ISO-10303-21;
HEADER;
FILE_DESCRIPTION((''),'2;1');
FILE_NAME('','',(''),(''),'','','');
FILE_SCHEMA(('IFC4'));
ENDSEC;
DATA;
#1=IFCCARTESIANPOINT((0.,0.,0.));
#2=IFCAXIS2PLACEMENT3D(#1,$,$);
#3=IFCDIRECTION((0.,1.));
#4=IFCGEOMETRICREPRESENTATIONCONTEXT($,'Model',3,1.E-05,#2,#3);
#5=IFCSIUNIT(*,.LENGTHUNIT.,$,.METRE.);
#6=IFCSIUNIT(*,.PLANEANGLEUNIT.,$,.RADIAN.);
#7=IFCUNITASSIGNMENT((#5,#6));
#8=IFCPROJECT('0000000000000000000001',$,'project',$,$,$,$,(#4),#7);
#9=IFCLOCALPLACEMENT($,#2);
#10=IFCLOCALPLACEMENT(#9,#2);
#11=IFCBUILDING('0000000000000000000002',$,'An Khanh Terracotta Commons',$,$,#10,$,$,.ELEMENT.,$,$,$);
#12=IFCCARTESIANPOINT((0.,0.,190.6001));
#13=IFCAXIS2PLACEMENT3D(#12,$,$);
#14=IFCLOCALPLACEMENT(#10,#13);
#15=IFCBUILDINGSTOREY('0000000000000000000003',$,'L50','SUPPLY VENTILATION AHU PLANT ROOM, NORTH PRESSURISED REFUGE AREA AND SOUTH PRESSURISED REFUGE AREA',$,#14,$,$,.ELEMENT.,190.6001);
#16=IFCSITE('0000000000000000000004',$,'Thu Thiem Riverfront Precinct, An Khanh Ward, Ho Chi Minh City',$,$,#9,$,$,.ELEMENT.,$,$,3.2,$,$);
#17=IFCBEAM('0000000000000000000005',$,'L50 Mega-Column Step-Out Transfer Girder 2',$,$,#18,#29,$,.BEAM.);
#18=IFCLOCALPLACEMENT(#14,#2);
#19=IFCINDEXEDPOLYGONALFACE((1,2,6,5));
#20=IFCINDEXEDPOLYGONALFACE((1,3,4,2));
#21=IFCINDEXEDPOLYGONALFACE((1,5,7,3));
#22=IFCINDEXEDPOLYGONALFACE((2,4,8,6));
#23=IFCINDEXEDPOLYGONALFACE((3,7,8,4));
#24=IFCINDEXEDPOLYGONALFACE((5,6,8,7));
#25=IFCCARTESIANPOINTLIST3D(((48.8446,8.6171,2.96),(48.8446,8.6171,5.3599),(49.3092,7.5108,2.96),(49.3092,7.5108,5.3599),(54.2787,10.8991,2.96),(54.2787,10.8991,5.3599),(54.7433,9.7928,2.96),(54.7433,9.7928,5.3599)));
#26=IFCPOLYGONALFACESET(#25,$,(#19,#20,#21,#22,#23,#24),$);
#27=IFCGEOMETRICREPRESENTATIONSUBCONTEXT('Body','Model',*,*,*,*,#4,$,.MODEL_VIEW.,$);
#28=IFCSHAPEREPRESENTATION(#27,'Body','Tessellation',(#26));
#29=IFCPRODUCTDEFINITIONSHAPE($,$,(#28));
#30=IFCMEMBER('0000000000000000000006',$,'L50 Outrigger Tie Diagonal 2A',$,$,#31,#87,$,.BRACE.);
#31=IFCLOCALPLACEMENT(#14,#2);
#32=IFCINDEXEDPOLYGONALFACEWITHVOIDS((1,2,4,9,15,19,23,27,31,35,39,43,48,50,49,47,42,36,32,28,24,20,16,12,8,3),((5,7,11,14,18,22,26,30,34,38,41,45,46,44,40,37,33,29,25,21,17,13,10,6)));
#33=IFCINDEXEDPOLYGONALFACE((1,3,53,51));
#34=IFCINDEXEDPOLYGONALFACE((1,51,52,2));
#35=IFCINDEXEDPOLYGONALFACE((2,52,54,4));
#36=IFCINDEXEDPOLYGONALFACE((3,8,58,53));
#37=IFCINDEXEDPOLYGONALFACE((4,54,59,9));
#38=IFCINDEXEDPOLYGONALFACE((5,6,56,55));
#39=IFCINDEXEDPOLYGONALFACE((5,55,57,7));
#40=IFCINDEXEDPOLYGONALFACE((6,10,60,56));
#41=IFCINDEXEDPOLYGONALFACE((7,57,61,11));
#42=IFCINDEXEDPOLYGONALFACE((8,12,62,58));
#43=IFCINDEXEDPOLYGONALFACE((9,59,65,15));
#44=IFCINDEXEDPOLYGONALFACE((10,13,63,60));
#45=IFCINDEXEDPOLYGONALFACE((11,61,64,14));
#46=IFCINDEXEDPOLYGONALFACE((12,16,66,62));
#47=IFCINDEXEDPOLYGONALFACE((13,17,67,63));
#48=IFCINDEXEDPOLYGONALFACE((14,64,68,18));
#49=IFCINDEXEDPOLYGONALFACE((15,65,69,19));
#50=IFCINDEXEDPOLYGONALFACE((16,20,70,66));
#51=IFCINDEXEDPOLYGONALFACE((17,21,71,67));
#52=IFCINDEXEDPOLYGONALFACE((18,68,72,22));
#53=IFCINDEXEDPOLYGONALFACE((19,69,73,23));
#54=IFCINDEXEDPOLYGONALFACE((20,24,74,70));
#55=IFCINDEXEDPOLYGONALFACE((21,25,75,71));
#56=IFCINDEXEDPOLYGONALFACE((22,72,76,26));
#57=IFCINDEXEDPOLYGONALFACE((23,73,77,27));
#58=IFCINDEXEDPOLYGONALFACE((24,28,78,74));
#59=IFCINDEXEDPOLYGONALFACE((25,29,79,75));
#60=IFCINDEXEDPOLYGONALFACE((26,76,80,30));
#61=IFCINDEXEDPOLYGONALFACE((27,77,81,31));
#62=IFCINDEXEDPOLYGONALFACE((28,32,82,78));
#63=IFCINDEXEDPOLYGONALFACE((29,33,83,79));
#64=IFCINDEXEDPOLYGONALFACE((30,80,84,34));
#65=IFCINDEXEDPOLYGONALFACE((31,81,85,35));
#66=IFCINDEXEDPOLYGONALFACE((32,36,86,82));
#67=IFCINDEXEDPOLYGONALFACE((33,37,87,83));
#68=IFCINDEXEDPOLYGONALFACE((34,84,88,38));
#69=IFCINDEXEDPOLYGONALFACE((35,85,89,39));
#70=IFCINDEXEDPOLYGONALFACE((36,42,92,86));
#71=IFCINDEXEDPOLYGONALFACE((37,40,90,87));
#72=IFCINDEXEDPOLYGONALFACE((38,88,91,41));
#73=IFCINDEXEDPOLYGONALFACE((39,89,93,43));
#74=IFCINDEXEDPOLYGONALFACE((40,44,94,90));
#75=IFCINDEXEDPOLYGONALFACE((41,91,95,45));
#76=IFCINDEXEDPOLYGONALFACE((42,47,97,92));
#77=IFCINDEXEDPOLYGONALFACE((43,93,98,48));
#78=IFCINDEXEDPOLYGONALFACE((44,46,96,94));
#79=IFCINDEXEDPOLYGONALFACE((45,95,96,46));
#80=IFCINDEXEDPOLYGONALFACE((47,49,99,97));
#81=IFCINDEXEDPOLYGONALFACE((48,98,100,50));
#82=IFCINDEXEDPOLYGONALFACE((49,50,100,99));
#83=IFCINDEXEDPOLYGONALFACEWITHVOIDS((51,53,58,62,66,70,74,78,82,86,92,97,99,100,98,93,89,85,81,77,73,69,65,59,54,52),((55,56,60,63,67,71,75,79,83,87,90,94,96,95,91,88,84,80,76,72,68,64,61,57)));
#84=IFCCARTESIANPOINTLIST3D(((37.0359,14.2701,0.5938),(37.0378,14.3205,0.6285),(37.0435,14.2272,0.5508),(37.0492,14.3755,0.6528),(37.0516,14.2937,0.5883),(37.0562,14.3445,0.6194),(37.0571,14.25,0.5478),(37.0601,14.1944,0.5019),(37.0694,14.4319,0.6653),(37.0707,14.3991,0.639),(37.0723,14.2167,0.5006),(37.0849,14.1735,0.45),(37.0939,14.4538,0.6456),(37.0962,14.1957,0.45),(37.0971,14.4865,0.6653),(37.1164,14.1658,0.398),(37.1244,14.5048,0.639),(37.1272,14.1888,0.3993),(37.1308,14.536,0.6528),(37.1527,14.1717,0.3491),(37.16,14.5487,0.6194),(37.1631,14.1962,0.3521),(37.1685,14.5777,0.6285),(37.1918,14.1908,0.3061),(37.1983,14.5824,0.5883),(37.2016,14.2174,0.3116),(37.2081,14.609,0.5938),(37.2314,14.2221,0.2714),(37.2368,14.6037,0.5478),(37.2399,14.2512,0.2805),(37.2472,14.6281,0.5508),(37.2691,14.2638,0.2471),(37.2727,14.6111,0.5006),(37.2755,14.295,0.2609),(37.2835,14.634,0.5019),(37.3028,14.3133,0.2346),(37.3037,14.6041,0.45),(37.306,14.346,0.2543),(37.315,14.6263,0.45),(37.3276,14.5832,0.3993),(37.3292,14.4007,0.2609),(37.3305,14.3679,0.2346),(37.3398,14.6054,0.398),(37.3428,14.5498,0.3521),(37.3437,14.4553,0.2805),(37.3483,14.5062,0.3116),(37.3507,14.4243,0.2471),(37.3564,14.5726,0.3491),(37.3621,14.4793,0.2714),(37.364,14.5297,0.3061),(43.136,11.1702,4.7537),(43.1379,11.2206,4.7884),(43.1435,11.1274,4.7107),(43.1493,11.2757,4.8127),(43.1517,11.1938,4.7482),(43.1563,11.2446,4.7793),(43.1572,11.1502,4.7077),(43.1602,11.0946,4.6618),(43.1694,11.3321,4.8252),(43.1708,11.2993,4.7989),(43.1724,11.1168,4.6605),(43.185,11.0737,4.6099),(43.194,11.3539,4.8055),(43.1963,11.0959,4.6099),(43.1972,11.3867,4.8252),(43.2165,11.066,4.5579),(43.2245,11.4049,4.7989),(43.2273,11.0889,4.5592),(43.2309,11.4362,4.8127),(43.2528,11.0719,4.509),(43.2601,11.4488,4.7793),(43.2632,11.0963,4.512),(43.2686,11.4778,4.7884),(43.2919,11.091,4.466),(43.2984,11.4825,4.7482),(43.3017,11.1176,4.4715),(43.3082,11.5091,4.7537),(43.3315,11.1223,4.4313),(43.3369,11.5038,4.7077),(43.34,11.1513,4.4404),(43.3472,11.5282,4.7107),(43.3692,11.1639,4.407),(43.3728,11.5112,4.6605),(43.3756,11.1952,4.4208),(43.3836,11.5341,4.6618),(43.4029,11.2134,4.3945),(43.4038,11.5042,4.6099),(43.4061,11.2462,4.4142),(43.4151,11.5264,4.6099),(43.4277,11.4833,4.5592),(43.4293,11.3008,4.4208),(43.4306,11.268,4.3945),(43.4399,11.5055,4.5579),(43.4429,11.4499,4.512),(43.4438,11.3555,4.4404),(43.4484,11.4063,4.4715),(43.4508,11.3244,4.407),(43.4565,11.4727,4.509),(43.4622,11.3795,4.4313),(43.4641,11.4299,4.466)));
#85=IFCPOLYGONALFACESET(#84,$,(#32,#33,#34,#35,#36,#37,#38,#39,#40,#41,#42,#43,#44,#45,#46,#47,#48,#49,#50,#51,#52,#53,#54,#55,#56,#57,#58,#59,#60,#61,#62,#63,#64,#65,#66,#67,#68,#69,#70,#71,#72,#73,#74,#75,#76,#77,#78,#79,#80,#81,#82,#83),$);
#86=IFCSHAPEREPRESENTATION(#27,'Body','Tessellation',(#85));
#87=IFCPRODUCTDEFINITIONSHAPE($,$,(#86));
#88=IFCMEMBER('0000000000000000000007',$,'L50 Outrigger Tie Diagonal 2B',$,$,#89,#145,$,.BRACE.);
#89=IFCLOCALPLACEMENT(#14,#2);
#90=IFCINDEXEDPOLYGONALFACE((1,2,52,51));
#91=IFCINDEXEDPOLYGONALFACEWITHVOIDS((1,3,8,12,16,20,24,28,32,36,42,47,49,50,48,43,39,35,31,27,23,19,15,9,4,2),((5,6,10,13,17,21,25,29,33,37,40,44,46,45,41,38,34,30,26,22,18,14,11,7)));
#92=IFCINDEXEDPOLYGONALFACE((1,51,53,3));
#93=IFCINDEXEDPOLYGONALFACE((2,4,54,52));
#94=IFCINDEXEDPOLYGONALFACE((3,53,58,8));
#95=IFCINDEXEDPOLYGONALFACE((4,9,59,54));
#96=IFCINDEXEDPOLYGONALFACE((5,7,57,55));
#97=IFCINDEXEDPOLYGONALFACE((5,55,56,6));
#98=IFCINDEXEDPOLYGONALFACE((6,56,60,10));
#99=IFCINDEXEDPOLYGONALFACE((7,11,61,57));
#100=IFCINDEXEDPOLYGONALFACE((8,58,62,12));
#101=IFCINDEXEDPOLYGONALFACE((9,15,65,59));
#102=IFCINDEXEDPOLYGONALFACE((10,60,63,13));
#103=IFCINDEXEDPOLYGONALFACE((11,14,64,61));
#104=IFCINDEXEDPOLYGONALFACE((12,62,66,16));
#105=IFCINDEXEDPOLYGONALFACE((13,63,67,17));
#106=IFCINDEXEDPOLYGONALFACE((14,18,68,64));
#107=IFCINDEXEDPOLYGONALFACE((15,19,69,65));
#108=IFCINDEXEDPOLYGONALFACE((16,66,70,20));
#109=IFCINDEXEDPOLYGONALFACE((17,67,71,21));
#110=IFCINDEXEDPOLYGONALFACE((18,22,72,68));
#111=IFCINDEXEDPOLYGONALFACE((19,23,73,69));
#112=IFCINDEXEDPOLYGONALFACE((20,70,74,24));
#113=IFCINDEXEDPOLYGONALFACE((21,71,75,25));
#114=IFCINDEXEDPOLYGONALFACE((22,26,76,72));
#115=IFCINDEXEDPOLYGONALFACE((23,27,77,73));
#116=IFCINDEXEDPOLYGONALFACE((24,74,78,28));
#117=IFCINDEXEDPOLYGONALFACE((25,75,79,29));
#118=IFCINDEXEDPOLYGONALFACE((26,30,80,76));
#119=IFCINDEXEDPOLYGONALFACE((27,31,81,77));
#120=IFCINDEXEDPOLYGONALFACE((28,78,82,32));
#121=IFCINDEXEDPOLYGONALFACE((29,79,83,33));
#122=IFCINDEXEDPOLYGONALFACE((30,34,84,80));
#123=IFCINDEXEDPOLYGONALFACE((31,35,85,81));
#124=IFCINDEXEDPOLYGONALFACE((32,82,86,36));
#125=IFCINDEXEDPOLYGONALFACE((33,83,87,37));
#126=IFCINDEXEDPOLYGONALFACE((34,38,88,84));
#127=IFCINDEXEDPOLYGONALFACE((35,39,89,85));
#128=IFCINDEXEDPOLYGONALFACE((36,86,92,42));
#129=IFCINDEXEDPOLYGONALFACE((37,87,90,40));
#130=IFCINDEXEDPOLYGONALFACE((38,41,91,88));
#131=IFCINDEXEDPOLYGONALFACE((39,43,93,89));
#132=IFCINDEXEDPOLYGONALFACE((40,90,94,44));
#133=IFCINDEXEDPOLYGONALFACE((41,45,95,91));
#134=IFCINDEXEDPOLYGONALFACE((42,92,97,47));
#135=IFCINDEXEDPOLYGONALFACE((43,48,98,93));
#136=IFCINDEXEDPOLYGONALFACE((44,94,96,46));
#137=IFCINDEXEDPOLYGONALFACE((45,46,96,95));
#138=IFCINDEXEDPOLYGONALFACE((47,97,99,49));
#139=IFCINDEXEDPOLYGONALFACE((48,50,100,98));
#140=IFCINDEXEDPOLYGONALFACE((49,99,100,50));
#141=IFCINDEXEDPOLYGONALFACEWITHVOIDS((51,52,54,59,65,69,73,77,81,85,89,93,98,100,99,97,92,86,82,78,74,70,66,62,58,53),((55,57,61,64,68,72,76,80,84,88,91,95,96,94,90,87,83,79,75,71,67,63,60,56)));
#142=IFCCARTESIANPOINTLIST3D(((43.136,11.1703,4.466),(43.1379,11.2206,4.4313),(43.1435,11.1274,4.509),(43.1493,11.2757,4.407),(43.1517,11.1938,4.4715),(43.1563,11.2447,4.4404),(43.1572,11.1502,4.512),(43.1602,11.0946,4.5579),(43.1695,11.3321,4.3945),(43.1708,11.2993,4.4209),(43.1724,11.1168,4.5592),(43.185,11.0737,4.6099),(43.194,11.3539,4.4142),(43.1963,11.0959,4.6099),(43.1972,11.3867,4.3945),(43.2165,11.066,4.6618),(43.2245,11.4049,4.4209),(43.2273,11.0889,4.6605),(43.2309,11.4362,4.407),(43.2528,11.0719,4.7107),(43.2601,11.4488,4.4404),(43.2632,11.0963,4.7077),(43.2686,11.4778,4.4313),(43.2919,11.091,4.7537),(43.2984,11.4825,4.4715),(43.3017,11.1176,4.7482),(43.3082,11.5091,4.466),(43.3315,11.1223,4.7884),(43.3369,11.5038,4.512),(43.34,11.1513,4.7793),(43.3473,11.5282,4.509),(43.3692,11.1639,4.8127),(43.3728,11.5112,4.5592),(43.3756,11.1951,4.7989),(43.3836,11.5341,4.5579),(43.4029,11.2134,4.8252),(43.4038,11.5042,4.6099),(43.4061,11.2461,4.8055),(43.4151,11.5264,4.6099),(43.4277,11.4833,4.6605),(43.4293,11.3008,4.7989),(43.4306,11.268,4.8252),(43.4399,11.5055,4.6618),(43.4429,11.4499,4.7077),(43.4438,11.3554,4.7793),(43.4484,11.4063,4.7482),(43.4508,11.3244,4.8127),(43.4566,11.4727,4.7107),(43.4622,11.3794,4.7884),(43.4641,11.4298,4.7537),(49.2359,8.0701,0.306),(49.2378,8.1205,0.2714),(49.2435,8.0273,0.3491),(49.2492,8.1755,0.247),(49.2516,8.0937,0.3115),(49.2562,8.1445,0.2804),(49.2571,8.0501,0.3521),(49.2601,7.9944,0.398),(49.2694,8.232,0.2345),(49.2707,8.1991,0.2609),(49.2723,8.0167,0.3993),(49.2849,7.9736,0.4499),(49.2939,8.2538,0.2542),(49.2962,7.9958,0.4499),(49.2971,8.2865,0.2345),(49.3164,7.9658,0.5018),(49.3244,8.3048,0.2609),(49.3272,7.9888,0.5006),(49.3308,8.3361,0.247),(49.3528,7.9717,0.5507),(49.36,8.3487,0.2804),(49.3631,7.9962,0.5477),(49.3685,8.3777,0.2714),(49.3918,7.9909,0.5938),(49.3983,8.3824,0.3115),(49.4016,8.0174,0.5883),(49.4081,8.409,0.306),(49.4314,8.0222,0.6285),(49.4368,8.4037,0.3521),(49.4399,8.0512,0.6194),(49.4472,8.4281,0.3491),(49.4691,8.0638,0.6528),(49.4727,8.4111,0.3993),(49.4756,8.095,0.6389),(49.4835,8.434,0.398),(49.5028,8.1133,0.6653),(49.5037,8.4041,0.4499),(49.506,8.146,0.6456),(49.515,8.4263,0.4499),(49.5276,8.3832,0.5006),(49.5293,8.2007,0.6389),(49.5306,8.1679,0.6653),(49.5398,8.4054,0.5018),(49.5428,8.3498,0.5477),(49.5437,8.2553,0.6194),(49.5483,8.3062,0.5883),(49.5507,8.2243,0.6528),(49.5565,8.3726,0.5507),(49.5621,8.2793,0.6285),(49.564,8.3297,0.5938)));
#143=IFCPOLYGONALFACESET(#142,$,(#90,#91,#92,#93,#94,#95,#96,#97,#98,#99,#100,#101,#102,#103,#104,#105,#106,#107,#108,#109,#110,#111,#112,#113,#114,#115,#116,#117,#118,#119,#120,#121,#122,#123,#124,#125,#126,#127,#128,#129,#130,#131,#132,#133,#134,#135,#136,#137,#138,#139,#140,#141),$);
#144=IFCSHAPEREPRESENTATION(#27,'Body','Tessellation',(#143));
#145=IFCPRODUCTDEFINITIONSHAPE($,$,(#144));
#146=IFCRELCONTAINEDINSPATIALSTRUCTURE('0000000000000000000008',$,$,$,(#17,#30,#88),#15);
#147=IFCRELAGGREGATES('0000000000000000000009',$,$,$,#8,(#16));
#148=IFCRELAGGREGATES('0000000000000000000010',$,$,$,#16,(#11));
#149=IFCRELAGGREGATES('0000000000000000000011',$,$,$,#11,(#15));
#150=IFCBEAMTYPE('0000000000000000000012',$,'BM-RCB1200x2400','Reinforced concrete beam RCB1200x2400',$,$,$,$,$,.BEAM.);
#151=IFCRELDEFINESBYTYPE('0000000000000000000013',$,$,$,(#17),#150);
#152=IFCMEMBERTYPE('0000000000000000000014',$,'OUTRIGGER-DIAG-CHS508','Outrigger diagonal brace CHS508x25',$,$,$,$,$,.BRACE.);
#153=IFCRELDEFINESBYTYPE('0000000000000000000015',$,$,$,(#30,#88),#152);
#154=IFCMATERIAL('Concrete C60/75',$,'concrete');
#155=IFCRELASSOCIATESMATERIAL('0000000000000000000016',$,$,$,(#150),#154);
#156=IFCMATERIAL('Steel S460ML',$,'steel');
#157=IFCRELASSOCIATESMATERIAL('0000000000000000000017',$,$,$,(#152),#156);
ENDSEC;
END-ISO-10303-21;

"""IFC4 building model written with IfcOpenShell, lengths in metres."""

from ifc_helpers import new_model, si_unit, direction, frame, origin, origin_2d, place, context, subcontext, project, spatial, rectangle, hollow_circle, extrude, material, material_profile, profile_set, type_object, element, save


model = new_model("IFC4")

# Units and contexts
model_context = context("Model", 3, precision=1e-05, world=origin(), true_north=direction((0.0, 1.0)))
body_context = subcontext(model_context, "Body", "Model", "MODEL_VIEW")
ifc_project = project(units=[si_unit("LENGTHUNIT", "METRE"), si_unit("PLANEANGLEUNIT", "RADIAN")], contexts=[model_context])

# Site, building, storey
site_placement = place(None, origin())
site = spatial("IfcSite", under=ifc_project, at=site_placement, Name="Thu Thiem Riverfront Precinct, An Khanh Ward, Ho Chi Minh City", CompositionType="ELEMENT", RefElevation=3.2)
building_placement = place(site_placement, origin())
building = spatial("IfcBuilding", under=site, at=building_placement, Name="An Khanh Terracotta Commons", CompositionType="ELEMENT")
storey_placement = place(building_placement, frame((0.0, 0.0, 190.6001)))
storey = spatial("IfcBuildingStorey", under=building, at=storey_placement, Name="L50", Description="SUPPLY VENTILATION AHU PLANT ROOM, NORTH PRESSURISED REFUGE AREA AND SOUTH PRESSURISED REFUGE AREA", CompositionType="ELEMENT", Elevation=190.6001)

# Shared definitions
ifc_material_1 = material(Name="Concrete C60/75", Category="concrete")

# Shared definitions
ifc_material_2 = material(Name="Steel S460ML", Category="steel")

# Beam
ifc_material_profile_1 = material_profile(ifc_material_1, rectangle(XDim=1.2, YDim=2.3999, at=origin_2d()), Name="RCB1200x2400")
ifc_profile_set_1 = profile_set([ifc_material_profile_1], Name="Concrete C60/75")
beam_type_1 = type_object("IfcBeamType", Name="BM-RCB1200x2400", Description="Reinforced concrete beam RCB1200x2400", PredefinedType="BEAM", material=ifc_profile_set_1)
beam_1_placement = place(storey_placement, frame((49.0769, 8.064, 4.1599), z_axis=(0.922002, 0.387185, 0.0), x_axis=(-0.387185, 0.922002, 0.0)))
element("IfcBeam", 1, at=beam_1_placement, inside=storey, type_object=beam_type_1, Name="L50 Mega-Column Step-Out Transfer Girder 2", PredefinedType="BEAM", context=body_context, shape_type="SweptSolid", body=[
    extrude(rectangle(XDim=1.2, YDim=2.3999, at=origin_2d()), origin(), (0.0, 0.0, 1.0), 5.8938),
])

# Members
ifc_material_profile_2 = material_profile(ifc_material_2, hollow_circle(Radius=0.2539, WallThickness=0.0249, at=origin_2d()), Name="CHS508x25")
ifc_profile_set_2 = profile_set([ifc_material_profile_2], Name="Steel S460ML")
member_type_1 = type_object("IfcMemberType", Name="OUTRIGGER-DIAG-CHS508", Description="Outrigger diagonal brace CHS508x25", PredefinedType="BRACE", material=ifc_profile_set_2)
for number, where, z_axis, x_axis, name in (
    (2, (37.2, 14.3999, 0.45), (0.761768, -0.387103, 0.519481), (0.453027, 0.891497, 0.0), "L50 Outrigger Tie Diagonal 2A"),
    (3, (43.3, 11.3, 4.6099), (0.761746, -0.387138, -0.519487), (0.45307, 0.891475, 0.0), "L50 Outrigger Tie Diagonal 2B"),
):
    element("IfcMember", number, at=place(storey_placement, frame(where, z_axis=z_axis, x_axis=x_axis)), inside=storey, type_object=member_type_1, Name=name, PredefinedType="BRACE", context=body_context, shape_type="SweptSolid", body=[
        extrude(hollow_circle(Radius=0.2539, WallThickness=0.0249, at=origin_2d()), origin(), (0.0, 0.0, 1.0), 8.0078),
    ])

save(model, "model.ifc")
